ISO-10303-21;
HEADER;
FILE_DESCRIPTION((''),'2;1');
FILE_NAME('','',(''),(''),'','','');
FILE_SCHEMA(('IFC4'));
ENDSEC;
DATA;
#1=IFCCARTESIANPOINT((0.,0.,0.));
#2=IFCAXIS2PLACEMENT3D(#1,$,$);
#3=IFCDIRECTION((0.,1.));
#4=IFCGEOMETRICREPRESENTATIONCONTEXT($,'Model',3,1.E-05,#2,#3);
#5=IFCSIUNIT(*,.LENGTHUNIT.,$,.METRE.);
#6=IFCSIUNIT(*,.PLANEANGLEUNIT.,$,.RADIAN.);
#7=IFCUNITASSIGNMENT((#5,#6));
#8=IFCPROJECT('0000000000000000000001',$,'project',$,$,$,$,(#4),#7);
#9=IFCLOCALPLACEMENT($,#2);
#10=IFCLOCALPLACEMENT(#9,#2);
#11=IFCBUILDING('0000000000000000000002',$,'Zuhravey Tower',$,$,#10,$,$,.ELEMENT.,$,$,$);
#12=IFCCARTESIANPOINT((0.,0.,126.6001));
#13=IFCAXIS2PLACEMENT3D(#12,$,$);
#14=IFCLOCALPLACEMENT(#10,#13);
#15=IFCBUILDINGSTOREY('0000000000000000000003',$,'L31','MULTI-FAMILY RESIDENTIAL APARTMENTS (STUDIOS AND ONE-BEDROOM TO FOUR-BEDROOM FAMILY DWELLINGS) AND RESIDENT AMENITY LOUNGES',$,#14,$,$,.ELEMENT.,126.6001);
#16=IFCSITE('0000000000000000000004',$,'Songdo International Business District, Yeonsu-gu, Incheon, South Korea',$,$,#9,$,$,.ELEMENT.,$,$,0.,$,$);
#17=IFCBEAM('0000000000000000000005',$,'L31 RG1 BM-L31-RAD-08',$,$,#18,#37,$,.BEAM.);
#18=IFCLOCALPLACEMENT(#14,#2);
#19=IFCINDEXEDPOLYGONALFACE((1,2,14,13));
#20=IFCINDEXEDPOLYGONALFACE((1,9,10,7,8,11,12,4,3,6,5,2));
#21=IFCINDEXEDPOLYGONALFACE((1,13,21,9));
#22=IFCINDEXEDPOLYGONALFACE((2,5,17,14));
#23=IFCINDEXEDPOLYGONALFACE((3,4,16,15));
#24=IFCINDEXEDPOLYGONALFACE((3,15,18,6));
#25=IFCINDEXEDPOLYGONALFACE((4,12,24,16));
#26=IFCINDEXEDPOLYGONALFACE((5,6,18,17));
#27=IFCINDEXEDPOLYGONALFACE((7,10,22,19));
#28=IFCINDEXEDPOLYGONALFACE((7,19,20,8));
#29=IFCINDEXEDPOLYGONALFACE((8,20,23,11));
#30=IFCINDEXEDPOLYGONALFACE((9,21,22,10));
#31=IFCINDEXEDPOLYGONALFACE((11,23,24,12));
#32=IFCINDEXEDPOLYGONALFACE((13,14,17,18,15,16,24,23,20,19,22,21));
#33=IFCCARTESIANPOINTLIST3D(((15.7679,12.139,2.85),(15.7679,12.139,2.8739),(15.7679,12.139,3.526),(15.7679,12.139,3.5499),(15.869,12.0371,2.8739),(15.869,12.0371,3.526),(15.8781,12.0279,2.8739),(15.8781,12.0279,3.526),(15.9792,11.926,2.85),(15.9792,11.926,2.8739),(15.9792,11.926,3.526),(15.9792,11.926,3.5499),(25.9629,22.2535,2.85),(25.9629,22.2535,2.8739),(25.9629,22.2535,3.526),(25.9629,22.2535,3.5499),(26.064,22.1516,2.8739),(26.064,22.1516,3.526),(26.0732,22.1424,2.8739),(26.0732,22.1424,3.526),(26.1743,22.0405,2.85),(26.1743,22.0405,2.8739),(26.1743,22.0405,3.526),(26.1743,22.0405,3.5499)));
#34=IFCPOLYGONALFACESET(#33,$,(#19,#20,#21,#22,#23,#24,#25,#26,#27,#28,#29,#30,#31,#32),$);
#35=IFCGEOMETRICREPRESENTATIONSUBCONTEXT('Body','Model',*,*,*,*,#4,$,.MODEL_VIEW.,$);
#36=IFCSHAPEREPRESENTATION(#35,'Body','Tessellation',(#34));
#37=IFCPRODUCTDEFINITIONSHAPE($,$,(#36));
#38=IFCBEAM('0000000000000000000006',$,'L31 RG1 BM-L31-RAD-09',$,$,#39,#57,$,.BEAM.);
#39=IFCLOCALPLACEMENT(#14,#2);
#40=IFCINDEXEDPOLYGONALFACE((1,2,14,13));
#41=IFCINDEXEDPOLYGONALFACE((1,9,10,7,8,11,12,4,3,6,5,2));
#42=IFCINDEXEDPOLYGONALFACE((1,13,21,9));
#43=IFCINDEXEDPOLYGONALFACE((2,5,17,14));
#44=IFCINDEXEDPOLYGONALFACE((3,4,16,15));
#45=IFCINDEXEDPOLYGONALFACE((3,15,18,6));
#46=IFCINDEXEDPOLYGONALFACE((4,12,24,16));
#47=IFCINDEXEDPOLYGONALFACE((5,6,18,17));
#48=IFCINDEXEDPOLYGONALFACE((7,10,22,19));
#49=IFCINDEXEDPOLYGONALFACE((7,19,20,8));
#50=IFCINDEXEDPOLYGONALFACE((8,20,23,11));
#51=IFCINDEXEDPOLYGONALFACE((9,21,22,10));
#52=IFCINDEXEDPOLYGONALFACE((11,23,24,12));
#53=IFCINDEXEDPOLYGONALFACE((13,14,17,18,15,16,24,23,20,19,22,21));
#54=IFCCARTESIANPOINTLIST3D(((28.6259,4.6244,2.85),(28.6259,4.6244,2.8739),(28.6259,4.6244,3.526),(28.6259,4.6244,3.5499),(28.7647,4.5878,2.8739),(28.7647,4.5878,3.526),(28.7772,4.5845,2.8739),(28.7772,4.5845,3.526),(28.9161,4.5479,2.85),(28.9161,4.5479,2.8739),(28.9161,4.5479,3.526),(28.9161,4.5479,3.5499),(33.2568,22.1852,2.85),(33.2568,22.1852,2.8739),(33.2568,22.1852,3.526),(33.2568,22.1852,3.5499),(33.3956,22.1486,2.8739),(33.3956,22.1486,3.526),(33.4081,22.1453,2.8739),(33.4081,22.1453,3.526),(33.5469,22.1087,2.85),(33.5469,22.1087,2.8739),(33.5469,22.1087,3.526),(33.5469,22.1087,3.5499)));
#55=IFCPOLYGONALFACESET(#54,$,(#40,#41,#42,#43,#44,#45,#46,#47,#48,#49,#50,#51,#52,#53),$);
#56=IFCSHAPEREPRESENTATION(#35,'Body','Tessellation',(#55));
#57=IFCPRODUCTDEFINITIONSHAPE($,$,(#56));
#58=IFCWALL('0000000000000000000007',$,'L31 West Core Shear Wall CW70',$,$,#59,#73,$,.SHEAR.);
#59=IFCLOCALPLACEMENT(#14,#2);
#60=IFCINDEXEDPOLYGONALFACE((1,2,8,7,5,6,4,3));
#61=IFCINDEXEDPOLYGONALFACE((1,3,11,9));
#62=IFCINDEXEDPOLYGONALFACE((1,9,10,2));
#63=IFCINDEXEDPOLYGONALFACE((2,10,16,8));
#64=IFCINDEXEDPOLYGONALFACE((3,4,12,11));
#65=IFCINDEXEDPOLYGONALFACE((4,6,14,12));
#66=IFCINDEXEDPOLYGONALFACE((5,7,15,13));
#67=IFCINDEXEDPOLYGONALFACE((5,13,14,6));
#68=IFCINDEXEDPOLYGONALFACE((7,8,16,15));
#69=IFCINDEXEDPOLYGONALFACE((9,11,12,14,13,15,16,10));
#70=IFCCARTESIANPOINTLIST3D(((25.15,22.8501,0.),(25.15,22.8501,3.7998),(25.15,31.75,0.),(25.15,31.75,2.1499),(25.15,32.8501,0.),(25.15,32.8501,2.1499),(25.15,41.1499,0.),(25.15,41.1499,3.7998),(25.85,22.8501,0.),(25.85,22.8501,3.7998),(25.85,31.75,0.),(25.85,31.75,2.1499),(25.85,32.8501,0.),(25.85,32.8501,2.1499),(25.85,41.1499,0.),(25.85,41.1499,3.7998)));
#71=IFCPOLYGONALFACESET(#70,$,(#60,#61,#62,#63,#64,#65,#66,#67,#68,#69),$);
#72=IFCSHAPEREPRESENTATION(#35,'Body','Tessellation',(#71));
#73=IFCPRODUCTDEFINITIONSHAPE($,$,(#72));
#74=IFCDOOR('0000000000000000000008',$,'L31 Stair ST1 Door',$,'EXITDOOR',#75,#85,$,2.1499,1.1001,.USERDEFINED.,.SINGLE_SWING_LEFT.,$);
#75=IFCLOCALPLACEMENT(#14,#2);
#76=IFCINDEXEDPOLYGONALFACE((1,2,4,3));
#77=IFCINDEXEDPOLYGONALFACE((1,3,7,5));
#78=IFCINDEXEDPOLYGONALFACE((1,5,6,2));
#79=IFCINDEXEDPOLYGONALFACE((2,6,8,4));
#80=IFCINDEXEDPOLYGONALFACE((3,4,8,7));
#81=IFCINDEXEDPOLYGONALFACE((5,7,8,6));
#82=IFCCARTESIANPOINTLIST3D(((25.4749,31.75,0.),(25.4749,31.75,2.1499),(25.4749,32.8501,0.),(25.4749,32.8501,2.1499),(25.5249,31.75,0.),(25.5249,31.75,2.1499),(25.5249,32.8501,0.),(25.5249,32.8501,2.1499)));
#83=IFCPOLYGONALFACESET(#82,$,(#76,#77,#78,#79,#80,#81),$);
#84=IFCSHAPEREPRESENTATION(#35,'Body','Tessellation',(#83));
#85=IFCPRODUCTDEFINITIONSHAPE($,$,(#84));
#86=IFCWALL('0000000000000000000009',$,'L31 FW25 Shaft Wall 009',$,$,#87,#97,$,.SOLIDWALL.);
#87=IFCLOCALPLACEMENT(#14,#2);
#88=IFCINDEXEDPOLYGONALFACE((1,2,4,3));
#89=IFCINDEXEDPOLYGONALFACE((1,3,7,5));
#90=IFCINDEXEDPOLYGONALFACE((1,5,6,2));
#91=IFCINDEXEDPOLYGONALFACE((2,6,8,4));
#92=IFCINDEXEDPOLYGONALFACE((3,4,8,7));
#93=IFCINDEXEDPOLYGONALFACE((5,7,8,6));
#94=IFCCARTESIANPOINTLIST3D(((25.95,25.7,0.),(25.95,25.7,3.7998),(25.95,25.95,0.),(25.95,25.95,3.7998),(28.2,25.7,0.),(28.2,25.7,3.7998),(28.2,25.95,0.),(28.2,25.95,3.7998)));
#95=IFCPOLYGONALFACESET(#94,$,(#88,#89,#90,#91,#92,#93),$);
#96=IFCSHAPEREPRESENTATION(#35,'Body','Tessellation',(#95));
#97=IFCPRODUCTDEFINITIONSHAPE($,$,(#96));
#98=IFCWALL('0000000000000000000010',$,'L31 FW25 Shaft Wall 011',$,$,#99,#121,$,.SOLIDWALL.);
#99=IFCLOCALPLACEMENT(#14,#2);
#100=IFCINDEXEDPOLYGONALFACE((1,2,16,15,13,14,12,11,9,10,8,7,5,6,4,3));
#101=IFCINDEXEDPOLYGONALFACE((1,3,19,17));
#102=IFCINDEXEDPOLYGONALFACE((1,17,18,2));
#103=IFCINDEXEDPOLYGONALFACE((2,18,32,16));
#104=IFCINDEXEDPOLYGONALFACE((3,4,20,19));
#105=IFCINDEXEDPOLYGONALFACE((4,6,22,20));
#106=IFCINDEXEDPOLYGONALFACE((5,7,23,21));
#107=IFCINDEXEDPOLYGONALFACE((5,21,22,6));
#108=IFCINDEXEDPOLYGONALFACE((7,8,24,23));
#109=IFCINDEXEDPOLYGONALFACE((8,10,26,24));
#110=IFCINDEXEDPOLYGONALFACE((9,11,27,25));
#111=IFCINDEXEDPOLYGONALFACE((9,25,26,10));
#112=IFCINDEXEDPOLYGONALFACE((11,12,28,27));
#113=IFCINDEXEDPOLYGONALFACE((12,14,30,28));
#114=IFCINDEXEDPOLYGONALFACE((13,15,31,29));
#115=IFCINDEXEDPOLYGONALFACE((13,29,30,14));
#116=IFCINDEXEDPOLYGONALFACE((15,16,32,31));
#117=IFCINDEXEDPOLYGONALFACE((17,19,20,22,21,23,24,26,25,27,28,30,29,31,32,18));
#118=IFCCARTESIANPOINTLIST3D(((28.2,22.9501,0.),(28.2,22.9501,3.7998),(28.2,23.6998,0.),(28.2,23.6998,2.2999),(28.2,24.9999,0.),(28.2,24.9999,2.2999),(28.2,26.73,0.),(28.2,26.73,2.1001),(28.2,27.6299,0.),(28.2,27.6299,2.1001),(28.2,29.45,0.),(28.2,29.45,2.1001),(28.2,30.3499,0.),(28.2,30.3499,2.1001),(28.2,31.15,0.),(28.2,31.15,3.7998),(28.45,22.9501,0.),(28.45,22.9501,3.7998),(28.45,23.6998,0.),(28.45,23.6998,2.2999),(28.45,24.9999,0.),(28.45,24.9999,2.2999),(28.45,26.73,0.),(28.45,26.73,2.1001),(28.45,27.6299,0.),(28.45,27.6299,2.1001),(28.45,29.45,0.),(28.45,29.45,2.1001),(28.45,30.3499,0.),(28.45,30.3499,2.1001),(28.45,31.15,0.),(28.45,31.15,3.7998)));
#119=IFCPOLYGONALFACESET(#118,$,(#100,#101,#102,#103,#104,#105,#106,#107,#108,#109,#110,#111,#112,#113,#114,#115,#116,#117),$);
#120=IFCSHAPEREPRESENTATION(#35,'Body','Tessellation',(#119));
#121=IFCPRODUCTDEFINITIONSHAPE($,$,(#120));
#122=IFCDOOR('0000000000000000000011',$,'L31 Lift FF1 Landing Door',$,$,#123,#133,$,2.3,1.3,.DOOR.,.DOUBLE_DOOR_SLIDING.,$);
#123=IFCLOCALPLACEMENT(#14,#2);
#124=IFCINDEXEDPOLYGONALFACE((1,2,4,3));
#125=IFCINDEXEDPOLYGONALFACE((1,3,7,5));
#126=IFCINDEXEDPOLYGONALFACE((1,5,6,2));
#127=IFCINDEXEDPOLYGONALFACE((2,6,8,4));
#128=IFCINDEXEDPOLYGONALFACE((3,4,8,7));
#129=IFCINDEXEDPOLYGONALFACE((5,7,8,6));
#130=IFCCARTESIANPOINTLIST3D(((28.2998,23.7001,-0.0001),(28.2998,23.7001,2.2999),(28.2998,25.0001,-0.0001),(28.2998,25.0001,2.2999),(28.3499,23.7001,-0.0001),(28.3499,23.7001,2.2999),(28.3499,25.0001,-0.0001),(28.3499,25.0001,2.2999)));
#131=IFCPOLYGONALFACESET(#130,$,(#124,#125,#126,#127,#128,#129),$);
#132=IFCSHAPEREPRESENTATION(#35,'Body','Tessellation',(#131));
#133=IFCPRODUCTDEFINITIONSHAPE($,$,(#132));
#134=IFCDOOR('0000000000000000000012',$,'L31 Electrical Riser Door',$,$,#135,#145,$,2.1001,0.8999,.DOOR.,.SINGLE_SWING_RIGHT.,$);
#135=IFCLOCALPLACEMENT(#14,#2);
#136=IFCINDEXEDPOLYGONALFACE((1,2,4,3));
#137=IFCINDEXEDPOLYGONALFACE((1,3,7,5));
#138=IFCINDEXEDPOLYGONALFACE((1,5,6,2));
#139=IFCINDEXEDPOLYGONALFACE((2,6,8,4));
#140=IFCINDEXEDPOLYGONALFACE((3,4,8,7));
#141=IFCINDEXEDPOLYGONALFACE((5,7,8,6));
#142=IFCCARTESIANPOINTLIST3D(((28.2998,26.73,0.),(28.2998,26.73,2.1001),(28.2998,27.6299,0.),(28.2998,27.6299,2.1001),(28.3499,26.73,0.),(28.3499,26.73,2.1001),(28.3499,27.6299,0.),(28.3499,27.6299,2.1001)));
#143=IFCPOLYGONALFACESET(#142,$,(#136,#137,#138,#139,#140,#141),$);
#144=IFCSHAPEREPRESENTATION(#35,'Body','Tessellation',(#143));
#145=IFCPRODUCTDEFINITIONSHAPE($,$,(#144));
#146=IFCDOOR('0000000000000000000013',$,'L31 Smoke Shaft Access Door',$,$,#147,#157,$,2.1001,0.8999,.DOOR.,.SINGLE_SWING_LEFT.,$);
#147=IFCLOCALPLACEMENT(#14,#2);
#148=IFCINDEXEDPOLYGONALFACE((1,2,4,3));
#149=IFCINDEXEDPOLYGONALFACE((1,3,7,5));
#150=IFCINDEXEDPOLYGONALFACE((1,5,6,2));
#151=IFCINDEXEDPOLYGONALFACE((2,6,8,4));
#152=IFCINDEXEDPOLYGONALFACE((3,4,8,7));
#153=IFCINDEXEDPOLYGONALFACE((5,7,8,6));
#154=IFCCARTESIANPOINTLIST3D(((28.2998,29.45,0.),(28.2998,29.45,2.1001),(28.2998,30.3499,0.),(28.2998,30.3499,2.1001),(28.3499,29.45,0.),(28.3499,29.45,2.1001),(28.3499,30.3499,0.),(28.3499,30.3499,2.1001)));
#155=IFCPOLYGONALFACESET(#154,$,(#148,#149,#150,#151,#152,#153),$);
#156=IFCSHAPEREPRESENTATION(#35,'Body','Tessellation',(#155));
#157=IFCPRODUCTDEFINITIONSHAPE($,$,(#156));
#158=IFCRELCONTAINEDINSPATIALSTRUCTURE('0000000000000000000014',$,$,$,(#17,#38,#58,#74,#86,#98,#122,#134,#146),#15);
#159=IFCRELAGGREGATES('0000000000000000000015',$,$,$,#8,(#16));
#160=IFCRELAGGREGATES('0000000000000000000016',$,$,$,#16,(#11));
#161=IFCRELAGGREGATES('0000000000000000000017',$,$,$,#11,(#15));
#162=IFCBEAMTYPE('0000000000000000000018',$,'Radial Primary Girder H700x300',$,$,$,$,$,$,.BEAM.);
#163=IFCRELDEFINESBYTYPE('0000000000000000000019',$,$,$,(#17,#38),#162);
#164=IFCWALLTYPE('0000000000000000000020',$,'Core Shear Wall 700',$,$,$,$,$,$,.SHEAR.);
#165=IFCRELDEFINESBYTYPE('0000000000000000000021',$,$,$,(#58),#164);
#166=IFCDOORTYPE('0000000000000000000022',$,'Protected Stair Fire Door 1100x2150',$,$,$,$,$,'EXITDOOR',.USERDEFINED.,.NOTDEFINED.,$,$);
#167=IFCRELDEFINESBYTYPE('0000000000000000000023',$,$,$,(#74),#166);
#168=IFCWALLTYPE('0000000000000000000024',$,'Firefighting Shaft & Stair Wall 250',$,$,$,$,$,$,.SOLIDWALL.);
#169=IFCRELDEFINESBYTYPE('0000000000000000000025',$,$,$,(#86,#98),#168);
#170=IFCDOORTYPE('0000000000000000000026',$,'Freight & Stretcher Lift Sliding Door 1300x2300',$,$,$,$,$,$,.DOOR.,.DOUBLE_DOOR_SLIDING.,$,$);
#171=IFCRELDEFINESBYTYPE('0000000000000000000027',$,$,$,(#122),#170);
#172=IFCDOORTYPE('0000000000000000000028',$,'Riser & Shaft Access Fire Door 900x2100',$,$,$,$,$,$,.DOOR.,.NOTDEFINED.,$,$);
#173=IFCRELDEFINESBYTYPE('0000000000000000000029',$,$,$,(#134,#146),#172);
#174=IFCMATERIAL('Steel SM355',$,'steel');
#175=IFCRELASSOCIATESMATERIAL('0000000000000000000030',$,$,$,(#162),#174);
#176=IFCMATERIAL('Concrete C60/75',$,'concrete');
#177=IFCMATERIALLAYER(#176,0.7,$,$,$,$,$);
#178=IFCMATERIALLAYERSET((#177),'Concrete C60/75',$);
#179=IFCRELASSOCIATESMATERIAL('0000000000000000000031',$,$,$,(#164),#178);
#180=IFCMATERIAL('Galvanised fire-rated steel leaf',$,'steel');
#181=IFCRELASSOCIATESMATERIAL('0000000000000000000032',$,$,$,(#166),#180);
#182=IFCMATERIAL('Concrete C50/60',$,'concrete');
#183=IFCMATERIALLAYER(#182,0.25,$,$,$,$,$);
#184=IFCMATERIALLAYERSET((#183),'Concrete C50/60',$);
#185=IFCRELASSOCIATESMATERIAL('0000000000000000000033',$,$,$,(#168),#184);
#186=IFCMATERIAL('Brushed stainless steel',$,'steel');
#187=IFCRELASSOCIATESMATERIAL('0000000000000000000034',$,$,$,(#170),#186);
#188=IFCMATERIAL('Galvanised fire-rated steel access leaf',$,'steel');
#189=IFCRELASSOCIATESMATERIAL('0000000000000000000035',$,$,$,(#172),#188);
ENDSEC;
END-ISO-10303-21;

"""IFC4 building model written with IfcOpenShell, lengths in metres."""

from ifc_helpers import new_model, si_unit, direction, frame, frame_2d, origin, origin_2d, place, context, subcontext, project, spatial, rectangle, i_section, extrude, material, layer, layer_set, material_profile, profile_set, type_object, element, fill, save


model = new_model("IFC4")

# Units and contexts
model_context = context("Model", 3, precision=1e-05, world=origin(), true_north=direction((0.0, 1.0)))
body_context = subcontext(model_context, "Body", "Model", "MODEL_VIEW")
ifc_project = project(units=[si_unit("LENGTHUNIT", "METRE"), si_unit("PLANEANGLEUNIT", "RADIAN")], contexts=[model_context])

# Site, building, storey
site_placement = place(None, origin())
site = spatial("IfcSite", under=ifc_project, at=site_placement, Name="Songdo International Business District, Yeonsu-gu, Incheon, South Korea", CompositionType="ELEMENT", RefElevation=0.0)
building_placement = place(site_placement, origin())
building = spatial("IfcBuilding", under=site, at=building_placement, Name="Zuhravey Tower", CompositionType="ELEMENT")
storey_placement = place(building_placement, frame((0.0, 0.0, 126.6001)))
storey = spatial("IfcBuildingStorey", under=building, at=storey_placement, Name="L31", Description="MULTI-FAMILY RESIDENTIAL APARTMENTS (STUDIOS AND ONE-BEDROOM TO FOUR-BEDROOM FAMILY DWELLINGS) AND RESIDENT AMENITY LOUNGES", CompositionType="ELEMENT", Elevation=126.6001)

# Beams
ifc_material_1 = material(Name="Steel SM355", Category="steel")
ifc_material_profile = material_profile(ifc_material_1, i_section(OverallWidth=0.3, OverallDepth=0.7, WebThickness=0.0129, FlangeThickness=0.0239, at=origin_2d()), Name="H-700x300x13x24")
ifc_profile_set = profile_set([ifc_material_profile], Name="Steel SM355")
beam_type = type_object("IfcBeamType", Name="Radial Primary Girder H700x300", PredefinedType="BEAM", material=ifc_profile_set)
beam_1_placement = place(storey_placement, frame((26.0686, 22.147, 3.2), z_axis=(-0.709906, -0.704296, 0.0), x_axis=(0.704296, -0.709906, 0.0)))
element("IfcBeam", 1, at=beam_1_placement, inside=storey, type_object=beam_type, Name="L31 RG1 BM-L31-RAD-08", PredefinedType="BEAM", context=body_context, shape_type="SweptSolid", body=[
    extrude(i_section(OverallWidth=0.3, OverallDepth=0.7, WebThickness=0.0129, FlangeThickness=0.0239, at=origin_2d()), origin(), (0.0, 0.0, 1.0), 14.3611),
])
beam_2_placement = place(storey_placement, frame((33.4019, 22.147, 3.2), z_axis=(-0.254988, -0.966944, 0.0), x_axis=(0.966944, -0.254988, 0.0)))
element("IfcBeam", 2, at=beam_2_placement, inside=storey, type_object=beam_type, Name="L31 RG1 BM-L31-RAD-09", PredefinedType="BEAM", context=body_context, shape_type="SweptSolid", body=[
    extrude(i_section(OverallWidth=0.3, OverallDepth=0.7, WebThickness=0.0129, FlangeThickness=0.0239, at=origin_2d()), origin(), (0.0, 0.0, 1.0), 18.1611),
])

# Wall, opening, door
ifc_material_2 = material(Name="Concrete C60/75", Category="concrete")
ifc_layer_1 = layer(ifc_material_2, 0.7)
ifc_layer_set_1 = layer_set([ifc_layer_1], Name="Concrete C60/75")
wall_type_1 = type_object("IfcWallType", Name="Core Shear Wall 700", PredefinedType="SHEAR", material=ifc_layer_set_1)
ifc_material_3 = material(Name="Galvanised fire-rated steel leaf", Category="steel")
wall_1_placement = place(storey_placement, frame((25.5, 22.8501, 0.0), z_axis=(0.0, 0.0, 1.0), x_axis=(0.0, 1.0, 0.0)))
wall_1 = element("IfcWall", 3, at=wall_1_placement, inside=storey, type_object=wall_type_1, Name="L31 West Core Shear Wall CW70", PredefinedType="SHEAR", context=body_context, shape_type="SweptSolid", body=[
    extrude(rectangle(XDim=18.2998, YDim=0.7, at=frame_2d((9.1499, 0.0))), origin(), (0.0, 0.0, 1.0), 3.7998),
])
opening_1_placement = place(wall_1_placement, frame((8.8999, 0.0, 0.0)))
opening_1 = element("IfcOpeningElement", 4, at=opening_1_placement, cuts=wall_1, PredefinedType="OPENING", context=body_context, shape_type="SweptSolid", body=[
    extrude(rectangle(XDim=1.1001, YDim=2.1499, at=frame_2d((0.55, 1.075))), frame((0.0, 0.3621, 0.0), z_axis=(0.0, -1.0, 0.0), x_axis=(1.0, 0.0, 0.0)), (0.0, 0.0, 1.0), 0.7239),
])
door_type_1 = type_object("IfcDoorType", Name="Protected Stair Fire Door 1100x2150", ElementType="EXITDOOR", OperationType="NOTDEFINED", PredefinedType="USERDEFINED", material=ifc_material_3)
door_1_placement = place(opening_1_placement, frame((1.1001, 0.0, 0.0), z_axis=(0.0, 0.0, 1.0), x_axis=(-1.0, 0.0, 0.0)))
door_1 = element("IfcDoor", 5, at=door_1_placement, inside=storey, type_object=door_type_1, Name="L31 Stair ST1 Door", ObjectType="EXITDOOR", OperationType="SINGLE_SWING_LEFT", OverallHeight=2.1499, OverallWidth=1.1001, PredefinedType="USERDEFINED", context=body_context, shape_type="SweptSolid", body=[
    extrude(rectangle(XDim=1.1001, YDim=2.1499, at=frame_2d((0.55, 1.075))), frame((0.0, 0.0249, 0.0), z_axis=(0.0, -1.0, 0.0), x_axis=(1.0, 0.0, 0.0)), (0.0, 0.0, 1.0), 0.05),
])
fill(opening_1, door_1)

# Wall
ifc_material_4 = material(Name="Concrete C50/60", Category="concrete")
ifc_layer_2 = layer(ifc_material_4, 0.25)
ifc_layer_set_2 = layer_set([ifc_layer_2], Name="Concrete C50/60")
wall_type_2 = type_object("IfcWallType", Name="Firefighting Shaft & Stair Wall 250", PredefinedType="SOLIDWALL", material=ifc_layer_set_2)
wall_2_placement = place(storey_placement, frame((25.95, 25.825, 0.0), z_axis=(0.0, 0.0, 1.0), x_axis=(1.0, 0.0, 0.0)))
element("IfcWall", 6, at=wall_2_placement, inside=storey, type_object=wall_type_2, Name="L31 FW25 Shaft Wall 009", PredefinedType="SOLIDWALL", context=body_context, shape_type="SweptSolid", body=[
    extrude(rectangle(XDim=2.25, YDim=0.25, at=frame_2d((1.125, 0.0))), origin(), (0.0, 0.0, 1.0), 3.7998),
])

# Wall, openings, doors
wall_3_placement = place(storey_placement, frame((28.325, 22.95, 0.0), z_axis=(0.0, 0.0, 1.0), x_axis=(0.0, 1.0, 0.0)))
wall_3 = element("IfcWall", 7, at=wall_3_placement, inside=storey, type_object=wall_type_2, Name="L31 FW25 Shaft Wall 011", PredefinedType="SOLIDWALL", context=body_context, shape_type="SweptSolid", body=[
    extrude(rectangle(XDim=8.2, YDim=0.25, at=frame_2d((4.1001, 0.0))), origin(), (0.0, 0.0, 1.0), 3.7998),
])
opening_2_placement = place(wall_3_placement, frame((0.75, 0.0, 0.0)))
opening_2 = element("IfcOpeningElement", 8, at=opening_2_placement, cuts=wall_3, PredefinedType="OPENING", context=body_context, shape_type="SweptSolid", body=[
    extrude(rectangle(XDim=1.3, YDim=2.3, at=frame_2d((0.6499, 1.1499))), frame((0.0, 0.137, 0.0), z_axis=(0.0, -1.0, 0.0), x_axis=(1.0, 0.0, 0.0)), (0.0, 0.0, 1.0), 0.2739),
])
opening_3_placement = place(wall_3_placement, frame((3.78, 0.0, 0.0)))
opening_3 = element("IfcOpeningElement", 9, at=opening_3_placement, cuts=wall_3, PredefinedType="OPENING", context=body_context, shape_type="SweptSolid", body=[
    extrude(rectangle(XDim=0.8999, YDim=2.1001, at=frame_2d((0.45, 1.05))), frame((0.0, 0.137, 0.0), z_axis=(0.0, -1.0, 0.0), x_axis=(1.0, 0.0, 0.0)), (0.0, 0.0, 1.0), 0.2739),
])
opening_4_placement = place(wall_3_placement, frame((6.5, 0.0, 0.0)))
opening_4 = element("IfcOpeningElement", 10, at=opening_4_placement, cuts=wall_3, PredefinedType="OPENING", context=body_context, shape_type="SweptSolid", body=[
    extrude(rectangle(XDim=0.8999, YDim=2.1001, at=frame_2d((0.45, 1.05))), frame((0.0, 0.137, 0.0), z_axis=(0.0, -1.0, 0.0), x_axis=(1.0, 0.0, 0.0)), (0.0, 0.0, 1.0), 0.2739),
])
ifc_material_5 = material(Name="Brushed stainless steel", Category="steel")
door_type_2 = type_object("IfcDoorType", Name="Freight & Stretcher Lift Sliding Door 1300x2300", OperationType="DOUBLE_DOOR_SLIDING", PredefinedType="DOOR", material=ifc_material_5)
door_2_placement = place(opening_2_placement, frame((1.3, 0.0, 0.0), z_axis=(0.0, 0.0, 1.0), x_axis=(-1.0, 0.0, 0.0)))
door_2 = element("IfcDoor", 11, at=door_2_placement, inside=storey, type_object=door_type_2, Name="L31 Lift FF1 Landing Door", OperationType="DOUBLE_DOOR_SLIDING", OverallHeight=2.3, OverallWidth=1.3, PredefinedType="DOOR", context=body_context, shape_type="SweptSolid", body=[
    extrude(rectangle(XDim=1.3, YDim=2.3, at=frame_2d((0.6499, 1.1499))), frame((0.0, 0.0249, 0.0), z_axis=(0.0, -1.0, 0.0), x_axis=(1.0, 0.0, 0.0)), (0.0, 0.0, 1.0), 0.05),
])
fill(opening_2, door_2)
ifc_material_6 = material(Name="Galvanised fire-rated steel access leaf", Category="steel")
door_type_3 = type_object("IfcDoorType", Name="Riser & Shaft Access Fire Door 900x2100", OperationType="NOTDEFINED", PredefinedType="DOOR", material=ifc_material_6)
door_3_placement = place(opening_3_placement, frame((0.8999, 0.0, 0.0), z_axis=(0.0, 0.0, 1.0), x_axis=(-1.0, 0.0, 0.0)))
door_3 = element("IfcDoor", 12, at=door_3_placement, inside=storey, type_object=door_type_3, Name="L31 Electrical Riser Door", OperationType="SINGLE_SWING_RIGHT", OverallHeight=2.1001, OverallWidth=0.8999, PredefinedType="DOOR", context=body_context, shape_type="SweptSolid", body=[
    extrude(rectangle(XDim=0.8999, YDim=2.1001, at=frame_2d((0.45, 1.05))), frame((0.0, 0.0249, 0.0), z_axis=(0.0, -1.0, 0.0), x_axis=(1.0, 0.0, 0.0)), (0.0, 0.0, 1.0), 0.05),
])
fill(opening_3, door_3)
door_4_placement = place(opening_4_placement, frame((0.8999, 0.0, 0.0), z_axis=(0.0, 0.0, 1.0), x_axis=(-1.0, 0.0, 0.0)))
door_4 = element("IfcDoor", 13, at=door_4_placement, inside=storey, type_object=door_type_3, Name="L31 Smoke Shaft Access Door", OperationType="SINGLE_SWING_LEFT", OverallHeight=2.1001, OverallWidth=0.8999, PredefinedType="DOOR", context=body_context, shape_type="SweptSolid", body=[
    extrude(rectangle(XDim=0.8999, YDim=2.1001, at=frame_2d((0.45, 1.05))), frame((0.0, 0.0249, 0.0), z_axis=(0.0, -1.0, 0.0), x_axis=(1.0, 0.0, 0.0)), (0.0, 0.0, 1.0), 0.05),
])
fill(opening_4, door_4)

save(model, "model.ifc")
